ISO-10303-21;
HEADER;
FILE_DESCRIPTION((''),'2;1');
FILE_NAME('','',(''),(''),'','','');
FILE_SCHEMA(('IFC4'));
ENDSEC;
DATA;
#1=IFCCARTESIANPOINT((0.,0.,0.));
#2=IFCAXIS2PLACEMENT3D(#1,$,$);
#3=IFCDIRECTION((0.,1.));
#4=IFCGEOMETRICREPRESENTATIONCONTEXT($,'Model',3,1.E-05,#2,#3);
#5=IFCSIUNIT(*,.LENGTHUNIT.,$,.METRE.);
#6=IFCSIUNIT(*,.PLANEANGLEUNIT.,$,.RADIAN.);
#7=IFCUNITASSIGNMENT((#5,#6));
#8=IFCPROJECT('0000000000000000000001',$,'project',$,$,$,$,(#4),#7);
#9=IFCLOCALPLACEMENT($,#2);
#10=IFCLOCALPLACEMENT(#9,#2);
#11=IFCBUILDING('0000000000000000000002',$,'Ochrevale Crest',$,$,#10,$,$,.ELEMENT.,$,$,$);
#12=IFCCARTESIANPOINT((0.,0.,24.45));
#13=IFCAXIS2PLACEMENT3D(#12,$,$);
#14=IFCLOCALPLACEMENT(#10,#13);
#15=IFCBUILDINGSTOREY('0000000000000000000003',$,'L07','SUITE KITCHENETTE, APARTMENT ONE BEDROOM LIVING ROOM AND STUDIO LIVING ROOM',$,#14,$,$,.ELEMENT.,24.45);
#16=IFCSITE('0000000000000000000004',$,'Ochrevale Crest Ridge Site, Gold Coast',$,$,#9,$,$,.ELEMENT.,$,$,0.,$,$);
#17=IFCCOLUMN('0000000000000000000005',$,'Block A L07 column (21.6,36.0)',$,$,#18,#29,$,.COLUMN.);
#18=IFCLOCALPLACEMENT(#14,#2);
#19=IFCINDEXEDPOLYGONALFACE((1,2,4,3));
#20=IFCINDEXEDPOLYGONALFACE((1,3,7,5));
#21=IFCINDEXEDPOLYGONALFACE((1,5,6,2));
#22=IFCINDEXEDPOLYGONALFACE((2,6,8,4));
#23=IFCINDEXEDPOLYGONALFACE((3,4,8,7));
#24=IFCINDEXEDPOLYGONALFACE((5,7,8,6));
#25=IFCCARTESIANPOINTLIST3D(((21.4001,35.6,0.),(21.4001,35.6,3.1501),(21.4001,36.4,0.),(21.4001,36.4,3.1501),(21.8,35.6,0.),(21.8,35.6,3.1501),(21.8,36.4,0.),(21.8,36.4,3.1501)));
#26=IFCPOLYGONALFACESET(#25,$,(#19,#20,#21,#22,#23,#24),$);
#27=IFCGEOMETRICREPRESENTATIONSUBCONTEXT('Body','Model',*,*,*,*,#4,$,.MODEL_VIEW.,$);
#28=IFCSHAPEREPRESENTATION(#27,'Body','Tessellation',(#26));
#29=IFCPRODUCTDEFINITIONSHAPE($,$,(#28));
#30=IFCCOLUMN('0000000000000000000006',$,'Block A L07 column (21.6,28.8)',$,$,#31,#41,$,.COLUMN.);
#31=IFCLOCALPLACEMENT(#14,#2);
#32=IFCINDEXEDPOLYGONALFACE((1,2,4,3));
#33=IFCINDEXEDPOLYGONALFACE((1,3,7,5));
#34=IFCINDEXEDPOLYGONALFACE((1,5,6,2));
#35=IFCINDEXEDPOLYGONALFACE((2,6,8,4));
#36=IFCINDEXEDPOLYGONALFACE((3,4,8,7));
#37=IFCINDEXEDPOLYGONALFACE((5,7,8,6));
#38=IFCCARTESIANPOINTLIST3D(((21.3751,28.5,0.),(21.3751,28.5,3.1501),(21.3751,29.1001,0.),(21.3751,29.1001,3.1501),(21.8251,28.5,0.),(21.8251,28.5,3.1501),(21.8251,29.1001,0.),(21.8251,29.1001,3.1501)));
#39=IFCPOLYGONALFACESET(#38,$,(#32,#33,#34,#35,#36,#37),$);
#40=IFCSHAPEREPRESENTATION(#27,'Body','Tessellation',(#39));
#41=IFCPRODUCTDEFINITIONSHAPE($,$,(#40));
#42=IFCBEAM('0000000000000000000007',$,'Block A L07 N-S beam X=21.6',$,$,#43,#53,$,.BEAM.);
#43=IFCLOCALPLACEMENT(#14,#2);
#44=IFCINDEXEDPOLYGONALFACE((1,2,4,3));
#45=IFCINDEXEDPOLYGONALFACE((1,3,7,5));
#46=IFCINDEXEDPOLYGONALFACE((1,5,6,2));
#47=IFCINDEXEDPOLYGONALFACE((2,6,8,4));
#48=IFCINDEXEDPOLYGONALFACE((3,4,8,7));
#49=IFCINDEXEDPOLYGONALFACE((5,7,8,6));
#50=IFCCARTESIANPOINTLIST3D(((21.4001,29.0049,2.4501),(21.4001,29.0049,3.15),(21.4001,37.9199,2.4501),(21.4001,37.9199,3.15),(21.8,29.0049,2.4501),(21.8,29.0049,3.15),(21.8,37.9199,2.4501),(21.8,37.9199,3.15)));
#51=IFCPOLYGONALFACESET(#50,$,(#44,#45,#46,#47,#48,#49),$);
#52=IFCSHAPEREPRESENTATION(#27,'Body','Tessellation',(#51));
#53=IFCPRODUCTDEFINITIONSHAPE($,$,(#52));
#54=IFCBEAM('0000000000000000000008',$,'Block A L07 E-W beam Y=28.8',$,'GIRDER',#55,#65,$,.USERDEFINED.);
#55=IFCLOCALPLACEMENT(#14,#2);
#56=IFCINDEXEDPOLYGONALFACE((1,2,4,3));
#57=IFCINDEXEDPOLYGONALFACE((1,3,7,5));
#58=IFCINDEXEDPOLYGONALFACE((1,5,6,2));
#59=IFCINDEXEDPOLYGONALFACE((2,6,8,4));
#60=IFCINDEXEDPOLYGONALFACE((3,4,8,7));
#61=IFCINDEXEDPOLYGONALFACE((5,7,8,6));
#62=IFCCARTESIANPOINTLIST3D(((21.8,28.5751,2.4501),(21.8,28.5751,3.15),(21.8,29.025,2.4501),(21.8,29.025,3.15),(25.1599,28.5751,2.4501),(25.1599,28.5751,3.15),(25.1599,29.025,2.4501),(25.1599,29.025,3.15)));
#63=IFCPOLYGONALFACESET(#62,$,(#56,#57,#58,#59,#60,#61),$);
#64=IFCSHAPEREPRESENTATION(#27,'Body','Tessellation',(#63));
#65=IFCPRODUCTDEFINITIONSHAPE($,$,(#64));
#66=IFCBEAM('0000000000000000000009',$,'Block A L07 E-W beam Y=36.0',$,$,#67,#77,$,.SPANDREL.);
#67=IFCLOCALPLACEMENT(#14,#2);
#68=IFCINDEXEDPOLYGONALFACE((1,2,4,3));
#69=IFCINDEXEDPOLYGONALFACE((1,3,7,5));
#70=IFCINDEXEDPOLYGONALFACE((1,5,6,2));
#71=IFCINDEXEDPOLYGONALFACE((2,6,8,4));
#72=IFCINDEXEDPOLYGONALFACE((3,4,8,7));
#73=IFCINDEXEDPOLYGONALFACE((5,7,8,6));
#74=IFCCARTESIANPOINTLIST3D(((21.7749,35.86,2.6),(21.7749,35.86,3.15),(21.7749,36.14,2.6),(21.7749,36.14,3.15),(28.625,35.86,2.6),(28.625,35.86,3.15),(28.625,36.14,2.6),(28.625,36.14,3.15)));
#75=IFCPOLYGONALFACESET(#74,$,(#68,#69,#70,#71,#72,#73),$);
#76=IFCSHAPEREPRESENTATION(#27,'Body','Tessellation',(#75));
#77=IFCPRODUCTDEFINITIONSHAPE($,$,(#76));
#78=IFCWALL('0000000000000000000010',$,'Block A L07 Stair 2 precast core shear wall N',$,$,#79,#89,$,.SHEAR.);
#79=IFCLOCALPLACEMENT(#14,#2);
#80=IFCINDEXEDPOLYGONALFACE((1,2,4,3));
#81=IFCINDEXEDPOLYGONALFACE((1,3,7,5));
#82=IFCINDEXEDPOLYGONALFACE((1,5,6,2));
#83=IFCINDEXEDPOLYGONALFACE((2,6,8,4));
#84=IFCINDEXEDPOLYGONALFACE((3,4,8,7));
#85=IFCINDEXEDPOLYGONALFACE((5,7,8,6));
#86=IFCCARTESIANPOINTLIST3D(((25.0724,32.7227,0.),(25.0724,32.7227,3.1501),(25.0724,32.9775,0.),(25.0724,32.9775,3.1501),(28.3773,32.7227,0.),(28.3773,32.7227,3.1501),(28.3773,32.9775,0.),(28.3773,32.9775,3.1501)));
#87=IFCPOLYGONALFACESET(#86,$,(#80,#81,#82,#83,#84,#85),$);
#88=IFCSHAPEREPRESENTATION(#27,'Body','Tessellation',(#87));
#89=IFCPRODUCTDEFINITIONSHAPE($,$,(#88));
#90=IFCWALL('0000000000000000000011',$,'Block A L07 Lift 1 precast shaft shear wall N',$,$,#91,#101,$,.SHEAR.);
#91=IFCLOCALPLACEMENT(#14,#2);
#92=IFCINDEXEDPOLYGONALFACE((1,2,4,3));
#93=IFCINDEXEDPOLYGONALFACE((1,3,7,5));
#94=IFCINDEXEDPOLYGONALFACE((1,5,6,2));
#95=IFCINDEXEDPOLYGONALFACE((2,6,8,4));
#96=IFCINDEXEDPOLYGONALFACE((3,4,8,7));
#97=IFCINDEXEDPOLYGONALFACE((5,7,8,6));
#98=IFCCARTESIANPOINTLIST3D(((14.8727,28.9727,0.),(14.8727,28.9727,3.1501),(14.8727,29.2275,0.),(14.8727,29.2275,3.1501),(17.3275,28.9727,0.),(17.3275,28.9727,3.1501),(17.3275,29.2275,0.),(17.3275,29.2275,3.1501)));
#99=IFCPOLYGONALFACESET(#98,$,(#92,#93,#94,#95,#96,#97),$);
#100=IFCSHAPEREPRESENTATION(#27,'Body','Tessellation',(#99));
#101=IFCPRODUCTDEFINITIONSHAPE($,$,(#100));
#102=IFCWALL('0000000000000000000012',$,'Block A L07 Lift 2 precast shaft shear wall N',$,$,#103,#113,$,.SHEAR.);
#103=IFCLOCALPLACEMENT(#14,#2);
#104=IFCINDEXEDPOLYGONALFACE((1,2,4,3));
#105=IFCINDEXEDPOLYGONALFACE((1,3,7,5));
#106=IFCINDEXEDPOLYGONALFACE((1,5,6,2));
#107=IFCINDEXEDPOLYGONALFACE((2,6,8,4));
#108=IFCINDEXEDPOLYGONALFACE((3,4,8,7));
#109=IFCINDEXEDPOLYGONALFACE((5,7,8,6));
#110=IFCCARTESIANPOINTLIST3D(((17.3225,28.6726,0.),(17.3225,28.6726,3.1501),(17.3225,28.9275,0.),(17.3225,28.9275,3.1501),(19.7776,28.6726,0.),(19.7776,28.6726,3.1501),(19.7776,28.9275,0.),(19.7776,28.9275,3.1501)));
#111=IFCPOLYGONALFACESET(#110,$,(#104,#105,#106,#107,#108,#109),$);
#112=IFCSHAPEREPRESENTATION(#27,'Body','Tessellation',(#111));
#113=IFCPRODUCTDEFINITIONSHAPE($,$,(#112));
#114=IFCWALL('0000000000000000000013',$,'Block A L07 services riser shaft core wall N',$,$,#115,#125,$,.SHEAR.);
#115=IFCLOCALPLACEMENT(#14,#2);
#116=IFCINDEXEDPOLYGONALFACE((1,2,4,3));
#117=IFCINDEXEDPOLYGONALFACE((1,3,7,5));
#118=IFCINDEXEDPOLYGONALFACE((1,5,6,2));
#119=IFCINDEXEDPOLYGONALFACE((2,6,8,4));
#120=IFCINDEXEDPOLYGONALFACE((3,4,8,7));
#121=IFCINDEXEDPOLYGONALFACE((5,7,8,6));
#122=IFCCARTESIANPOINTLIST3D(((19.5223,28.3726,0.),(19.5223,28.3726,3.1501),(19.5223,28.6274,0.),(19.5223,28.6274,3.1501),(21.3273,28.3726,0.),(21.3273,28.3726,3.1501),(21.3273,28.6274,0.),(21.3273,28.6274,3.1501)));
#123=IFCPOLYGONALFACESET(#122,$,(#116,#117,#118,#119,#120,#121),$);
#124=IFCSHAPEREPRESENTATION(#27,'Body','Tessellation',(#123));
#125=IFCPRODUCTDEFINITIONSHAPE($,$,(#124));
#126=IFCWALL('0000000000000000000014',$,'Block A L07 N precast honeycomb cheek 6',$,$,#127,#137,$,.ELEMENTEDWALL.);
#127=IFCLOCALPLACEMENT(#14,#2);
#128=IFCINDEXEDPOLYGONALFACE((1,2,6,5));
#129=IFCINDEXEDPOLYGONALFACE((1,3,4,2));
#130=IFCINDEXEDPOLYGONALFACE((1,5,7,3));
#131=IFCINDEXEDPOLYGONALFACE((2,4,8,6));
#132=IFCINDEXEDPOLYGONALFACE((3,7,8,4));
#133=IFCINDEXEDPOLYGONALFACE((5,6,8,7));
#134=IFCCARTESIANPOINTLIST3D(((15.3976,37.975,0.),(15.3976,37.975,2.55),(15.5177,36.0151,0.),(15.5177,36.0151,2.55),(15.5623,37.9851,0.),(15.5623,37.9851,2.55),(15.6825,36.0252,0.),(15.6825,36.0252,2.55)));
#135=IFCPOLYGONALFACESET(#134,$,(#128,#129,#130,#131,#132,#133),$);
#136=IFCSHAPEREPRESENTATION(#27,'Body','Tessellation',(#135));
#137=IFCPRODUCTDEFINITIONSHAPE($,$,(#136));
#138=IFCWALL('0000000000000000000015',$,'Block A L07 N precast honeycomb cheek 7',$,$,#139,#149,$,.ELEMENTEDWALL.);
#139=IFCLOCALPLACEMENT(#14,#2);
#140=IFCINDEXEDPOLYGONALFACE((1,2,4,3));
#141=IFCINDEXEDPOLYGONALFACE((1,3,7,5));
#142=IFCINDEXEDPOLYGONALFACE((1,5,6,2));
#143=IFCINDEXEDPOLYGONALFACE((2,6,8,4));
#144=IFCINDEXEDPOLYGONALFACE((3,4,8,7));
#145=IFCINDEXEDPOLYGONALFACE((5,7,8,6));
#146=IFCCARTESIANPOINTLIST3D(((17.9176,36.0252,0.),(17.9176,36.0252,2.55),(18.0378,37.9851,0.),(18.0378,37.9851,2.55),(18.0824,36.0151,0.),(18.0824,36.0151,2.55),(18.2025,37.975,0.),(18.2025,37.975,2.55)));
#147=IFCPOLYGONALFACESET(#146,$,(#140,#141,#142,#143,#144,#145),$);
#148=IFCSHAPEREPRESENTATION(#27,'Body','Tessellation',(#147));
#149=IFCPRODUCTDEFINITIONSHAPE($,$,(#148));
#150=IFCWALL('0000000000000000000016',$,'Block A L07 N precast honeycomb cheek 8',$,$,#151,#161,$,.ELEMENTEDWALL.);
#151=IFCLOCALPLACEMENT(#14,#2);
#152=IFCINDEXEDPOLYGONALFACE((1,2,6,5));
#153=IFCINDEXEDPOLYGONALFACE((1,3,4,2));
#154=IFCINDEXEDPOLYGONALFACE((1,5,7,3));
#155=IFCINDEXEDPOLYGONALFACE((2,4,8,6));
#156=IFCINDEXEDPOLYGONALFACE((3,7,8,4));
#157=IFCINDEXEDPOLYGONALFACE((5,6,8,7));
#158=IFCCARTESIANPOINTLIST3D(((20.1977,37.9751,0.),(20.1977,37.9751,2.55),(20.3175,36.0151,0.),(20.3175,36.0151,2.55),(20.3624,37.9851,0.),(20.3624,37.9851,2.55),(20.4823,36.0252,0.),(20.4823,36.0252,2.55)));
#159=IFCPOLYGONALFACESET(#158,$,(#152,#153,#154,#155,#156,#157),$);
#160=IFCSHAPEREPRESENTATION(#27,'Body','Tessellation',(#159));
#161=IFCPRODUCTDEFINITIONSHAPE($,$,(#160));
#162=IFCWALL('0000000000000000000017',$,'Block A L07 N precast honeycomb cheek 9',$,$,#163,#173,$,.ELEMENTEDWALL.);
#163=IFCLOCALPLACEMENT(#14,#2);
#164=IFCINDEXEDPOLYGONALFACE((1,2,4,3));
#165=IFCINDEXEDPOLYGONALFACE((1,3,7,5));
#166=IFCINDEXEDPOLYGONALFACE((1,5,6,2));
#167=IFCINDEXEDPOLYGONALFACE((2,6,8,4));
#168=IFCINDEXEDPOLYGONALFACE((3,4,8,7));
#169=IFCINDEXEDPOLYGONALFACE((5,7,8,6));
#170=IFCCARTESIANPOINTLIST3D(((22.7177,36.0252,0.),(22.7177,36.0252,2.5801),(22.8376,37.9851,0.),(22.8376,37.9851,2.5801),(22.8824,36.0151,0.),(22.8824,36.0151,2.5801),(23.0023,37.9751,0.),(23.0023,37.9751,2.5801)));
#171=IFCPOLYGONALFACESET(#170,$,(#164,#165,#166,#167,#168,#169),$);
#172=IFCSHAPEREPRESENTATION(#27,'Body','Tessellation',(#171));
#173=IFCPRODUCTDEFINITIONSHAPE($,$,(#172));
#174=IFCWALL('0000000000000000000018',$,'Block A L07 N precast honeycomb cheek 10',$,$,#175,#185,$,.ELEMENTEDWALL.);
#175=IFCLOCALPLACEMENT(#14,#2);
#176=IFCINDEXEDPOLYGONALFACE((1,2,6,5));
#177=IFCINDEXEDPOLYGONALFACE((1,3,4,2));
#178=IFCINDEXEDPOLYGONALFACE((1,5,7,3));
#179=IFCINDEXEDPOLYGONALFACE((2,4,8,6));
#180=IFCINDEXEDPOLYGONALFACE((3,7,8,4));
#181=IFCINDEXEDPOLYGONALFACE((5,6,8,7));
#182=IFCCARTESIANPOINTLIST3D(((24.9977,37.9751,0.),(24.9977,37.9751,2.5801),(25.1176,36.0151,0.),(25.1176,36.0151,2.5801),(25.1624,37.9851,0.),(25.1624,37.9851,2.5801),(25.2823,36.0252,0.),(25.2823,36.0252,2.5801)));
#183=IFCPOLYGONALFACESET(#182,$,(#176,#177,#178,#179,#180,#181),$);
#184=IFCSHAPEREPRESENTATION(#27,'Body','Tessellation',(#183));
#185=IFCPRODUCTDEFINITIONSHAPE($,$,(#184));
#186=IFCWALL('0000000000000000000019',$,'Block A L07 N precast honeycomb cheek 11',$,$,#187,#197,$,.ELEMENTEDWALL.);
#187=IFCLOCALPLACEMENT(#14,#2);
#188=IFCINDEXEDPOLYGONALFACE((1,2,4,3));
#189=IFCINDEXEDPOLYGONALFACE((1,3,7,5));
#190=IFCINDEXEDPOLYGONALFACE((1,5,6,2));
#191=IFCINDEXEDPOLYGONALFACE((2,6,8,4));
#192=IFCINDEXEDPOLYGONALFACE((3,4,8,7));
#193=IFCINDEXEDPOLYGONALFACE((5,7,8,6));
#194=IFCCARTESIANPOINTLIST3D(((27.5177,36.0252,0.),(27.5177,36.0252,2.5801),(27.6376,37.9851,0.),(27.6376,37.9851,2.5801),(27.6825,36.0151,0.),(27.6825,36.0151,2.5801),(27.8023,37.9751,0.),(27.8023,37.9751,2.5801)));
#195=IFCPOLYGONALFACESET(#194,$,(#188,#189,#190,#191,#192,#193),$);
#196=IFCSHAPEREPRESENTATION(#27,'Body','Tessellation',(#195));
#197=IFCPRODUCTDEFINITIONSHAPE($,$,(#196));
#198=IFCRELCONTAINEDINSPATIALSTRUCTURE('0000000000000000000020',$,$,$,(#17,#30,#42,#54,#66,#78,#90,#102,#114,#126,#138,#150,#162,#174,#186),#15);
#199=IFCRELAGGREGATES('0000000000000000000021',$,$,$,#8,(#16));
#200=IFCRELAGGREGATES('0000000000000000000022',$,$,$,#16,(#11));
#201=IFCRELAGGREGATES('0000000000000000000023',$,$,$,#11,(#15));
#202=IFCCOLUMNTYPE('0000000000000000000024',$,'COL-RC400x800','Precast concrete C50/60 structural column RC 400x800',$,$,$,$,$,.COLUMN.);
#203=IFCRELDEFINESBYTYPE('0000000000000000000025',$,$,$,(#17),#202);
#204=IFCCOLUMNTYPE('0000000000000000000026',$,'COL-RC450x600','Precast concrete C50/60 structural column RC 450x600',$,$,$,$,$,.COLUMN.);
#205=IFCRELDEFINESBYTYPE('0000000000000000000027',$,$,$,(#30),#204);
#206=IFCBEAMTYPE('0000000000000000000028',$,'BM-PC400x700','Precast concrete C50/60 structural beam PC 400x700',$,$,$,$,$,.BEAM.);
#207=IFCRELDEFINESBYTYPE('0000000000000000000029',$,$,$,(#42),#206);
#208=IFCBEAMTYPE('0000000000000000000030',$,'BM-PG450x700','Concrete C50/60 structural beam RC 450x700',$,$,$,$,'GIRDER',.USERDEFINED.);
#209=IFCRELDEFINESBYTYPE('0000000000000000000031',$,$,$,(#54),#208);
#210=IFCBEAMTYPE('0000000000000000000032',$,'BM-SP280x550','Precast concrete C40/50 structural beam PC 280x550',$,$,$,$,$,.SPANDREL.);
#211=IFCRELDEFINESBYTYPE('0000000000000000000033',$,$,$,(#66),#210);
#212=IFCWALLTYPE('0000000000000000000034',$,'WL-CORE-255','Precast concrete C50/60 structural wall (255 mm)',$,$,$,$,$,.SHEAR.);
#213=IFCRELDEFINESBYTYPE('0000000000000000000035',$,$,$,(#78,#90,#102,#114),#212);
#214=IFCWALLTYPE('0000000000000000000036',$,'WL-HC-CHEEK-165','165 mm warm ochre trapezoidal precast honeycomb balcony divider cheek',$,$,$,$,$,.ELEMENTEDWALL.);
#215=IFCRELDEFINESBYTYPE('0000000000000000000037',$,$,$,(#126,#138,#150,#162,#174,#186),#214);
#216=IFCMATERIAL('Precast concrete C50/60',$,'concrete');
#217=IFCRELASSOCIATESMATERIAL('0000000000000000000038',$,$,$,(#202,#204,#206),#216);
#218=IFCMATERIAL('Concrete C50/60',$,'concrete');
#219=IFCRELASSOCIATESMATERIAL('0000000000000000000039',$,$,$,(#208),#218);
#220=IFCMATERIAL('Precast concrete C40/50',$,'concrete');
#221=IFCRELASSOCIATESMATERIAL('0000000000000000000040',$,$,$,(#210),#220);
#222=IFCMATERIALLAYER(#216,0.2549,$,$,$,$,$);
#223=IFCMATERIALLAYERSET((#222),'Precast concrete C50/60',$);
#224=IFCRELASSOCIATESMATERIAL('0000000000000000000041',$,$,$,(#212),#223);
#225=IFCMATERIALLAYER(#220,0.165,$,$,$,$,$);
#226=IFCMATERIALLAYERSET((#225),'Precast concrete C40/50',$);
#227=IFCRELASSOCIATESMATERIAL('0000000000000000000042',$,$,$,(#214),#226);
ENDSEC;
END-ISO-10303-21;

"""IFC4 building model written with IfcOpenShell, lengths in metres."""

from ifc_helpers import new_model, si_unit, direction, frame, frame_2d, origin, origin_2d, place, context, subcontext, project, spatial, rectangle, extrude, material, layer, layer_set, material_profile, profile_set, type_object, element, save


model = new_model("IFC4")

# Units and contexts
model_context = context("Model", 3, precision=1e-05, world=origin(), true_north=direction((0.0, 1.0)))
body_context = subcontext(model_context, "Body", "Model", "MODEL_VIEW")
ifc_project = project(units=[si_unit("LENGTHUNIT", "METRE"), si_unit("PLANEANGLEUNIT", "RADIAN")], contexts=[model_context])

# Site, building, storey
site_placement = place(None, origin())
site = spatial("IfcSite", under=ifc_project, at=site_placement, Name="Ochrevale Crest Ridge Site, Gold Coast", CompositionType="ELEMENT", RefElevation=0.0)
building_placement = place(site_placement, origin())
building = spatial("IfcBuilding", under=site, at=building_placement, Name="Ochrevale Crest", CompositionType="ELEMENT")
storey_placement = place(building_placement, frame((0.0, 0.0, 24.45)))
storey = spatial("IfcBuildingStorey", under=building, at=storey_placement, Name="L07", Description="SUITE KITCHENETTE, APARTMENT ONE BEDROOM LIVING ROOM AND STUDIO LIVING ROOM", CompositionType="ELEMENT", Elevation=24.45)

# Columns
ifc_material_1 = material(Name="Precast concrete C50/60", Category="concrete")
ifc_material_profile_1 = material_profile(ifc_material_1, rectangle(XDim=0.3999, YDim=0.8, at=origin_2d()), Name="RC 400x800")
ifc_profile_set_1 = profile_set([ifc_material_profile_1], Name="Precast concrete C50/60")
column_type_1 = type_object("IfcColumnType", Name="COL-RC400x800", Description="Precast concrete C50/60 structural column RC 400x800", PredefinedType="COLUMN", material=ifc_profile_set_1)
column_1_placement = place(storey_placement, frame((21.6001, 36.0, 0.0), z_axis=(0.0, 0.0, 1.0), x_axis=(1.0, 0.0, 0.0)))
element("IfcColumn", 1, at=column_1_placement, inside=storey, type_object=column_type_1, Name="Block A L07 column (21.6,36.0)", PredefinedType="COLUMN", context=body_context, shape_type="SweptSolid", body=[
    extrude(rectangle(XDim=0.3999, YDim=0.8, at=origin_2d()), origin(), (0.0, 0.0, 1.0), 3.1501),
])
ifc_material_profile_2 = material_profile(ifc_material_1, rectangle(XDim=0.45, YDim=0.6001, at=origin_2d()), Name="RC 450x600")
ifc_profile_set_2 = profile_set([ifc_material_profile_2], Name="Precast concrete C50/60")
column_type_2 = type_object("IfcColumnType", Name="COL-RC450x600", Description="Precast concrete C50/60 structural column RC 450x600", PredefinedType="COLUMN", material=ifc_profile_set_2)
column_2_placement = place(storey_placement, frame((21.6001, 28.8, 0.0), z_axis=(0.0, 0.0, 1.0), x_axis=(1.0, 0.0, 0.0)))
element("IfcColumn", 2, at=column_2_placement, inside=storey, type_object=column_type_2, Name="Block A L07 column (21.6,28.8)", PredefinedType="COLUMN", context=body_context, shape_type="SweptSolid", body=[
    extrude(rectangle(XDim=0.45, YDim=0.6001, at=origin_2d()), origin(), (0.0, 0.0, 1.0), 3.1501),
])

# Beams
ifc_material_profile_3 = material_profile(ifc_material_1, rectangle(XDim=0.3999, YDim=0.7, at=origin_2d()), Name="PC 400x700")
ifc_profile_set_3 = profile_set([ifc_material_profile_3], Name="Precast concrete C50/60")
beam_type_1 = type_object("IfcBeamType", Name="BM-PC400x700", Description="Precast concrete C50/60 structural beam PC 400x700", PredefinedType="BEAM", material=ifc_profile_set_3)
beam_1_placement = place(storey_placement, frame((21.6001, 29.0049, 2.8), z_axis=(0.0, 1.0, 0.0), x_axis=(-1.0, 0.0, 0.0)))
element("IfcBeam", 3, at=beam_1_placement, inside=storey, type_object=beam_type_1, Name="Block A L07 N-S beam X=21.6", PredefinedType="BEAM", context=body_context, shape_type="SweptSolid", body=[
    extrude(rectangle(XDim=0.3999, YDim=0.7, at=origin_2d()), origin(), (0.0, 0.0, 1.0), 8.915),
])
ifc_material_2 = material(Name="Concrete C50/60", Category="concrete")
ifc_material_profile_4 = material_profile(ifc_material_2, rectangle(XDim=0.45, YDim=0.7, at=origin_2d()), Name="RC 450x700")
ifc_profile_set_4 = profile_set([ifc_material_profile_4], Name="Concrete C50/60")
beam_type_2 = type_object("IfcBeamType", Name="BM-PG450x700", Description="Concrete C50/60 structural beam RC 450x700", ElementType="GIRDER", PredefinedType="USERDEFINED", material=ifc_profile_set_4)
beam_2_placement = place(storey_placement, frame((21.8, 28.8, 2.8), z_axis=(1.0, 0.0, 0.0), x_axis=(0.0, 1.0, 0.0)))
element("IfcBeam", 4, at=beam_2_placement, inside=storey, type_object=beam_type_2, Name="Block A L07 E-W beam Y=28.8", ObjectType="GIRDER", PredefinedType="USERDEFINED", context=body_context, shape_type="SweptSolid", body=[
    extrude(rectangle(XDim=0.45, YDim=0.7, at=origin_2d()), origin(), (0.0, 0.0, 1.0), 3.3599),
])
ifc_material_3 = material(Name="Precast concrete C40/50", Category="concrete")
ifc_material_profile_5 = material_profile(ifc_material_3, rectangle(XDim=0.28, YDim=0.55, at=origin_2d()), Name="PC 280x550")
ifc_profile_set_5 = profile_set([ifc_material_profile_5], Name="Precast concrete C40/50")
beam_type_3 = type_object("IfcBeamType", Name="BM-SP280x550", Description="Precast concrete C40/50 structural beam PC 280x550", PredefinedType="SPANDREL", material=ifc_profile_set_5)
beam_3_placement = place(storey_placement, frame((21.7749, 36.0, 2.875), z_axis=(1.0, 0.0, 0.0), x_axis=(0.0, 1.0, 0.0)))
element("IfcBeam", 5, at=beam_3_placement, inside=storey, type_object=beam_type_3, Name="Block A L07 E-W beam Y=36.0", PredefinedType="SPANDREL", context=body_context, shape_type="SweptSolid", body=[
    extrude(rectangle(XDim=0.28, YDim=0.55, at=origin_2d()), origin(), (0.0, 0.0, 1.0), 6.8501),
])

# Walls
ifc_layer_1 = layer(ifc_material_1, 0.2549)
ifc_layer_set_1 = layer_set([ifc_layer_1], Name="Precast concrete C50/60")
wall_type_1 = type_object("IfcWallType", Name="WL-CORE-255", Description="Precast concrete C50/60 structural wall (255 mm)", PredefinedType="SHEAR", material=ifc_layer_set_1)
wall_1_placement = place(storey_placement, frame((25.0725, 32.8501, 0.0), z_axis=(0.0, 0.0, 1.0), x_axis=(1.0, 0.0, 0.0)))
element("IfcWall", 6, at=wall_1_placement, inside=storey, type_object=wall_type_1, Name="Block A L07 Stair 2 precast core shear wall N", PredefinedType="SHEAR", context=body_context, shape_type="SweptSolid", body=[
    extrude(rectangle(XDim=3.3049, YDim=0.2549, at=frame_2d((1.6523, 0.0))), origin(), (0.0, 0.0, 1.0), 3.1501),
])
wall_2_placement = place(storey_placement, frame((14.8726, 29.1001, 0.0), z_axis=(0.0, 0.0, 1.0), x_axis=(1.0, 0.0, 0.0)))
element("IfcWall", 7, at=wall_2_placement, inside=storey, type_object=wall_type_1, Name="Block A L07 Lift 1 precast shaft shear wall N", PredefinedType="SHEAR", context=body_context, shape_type="SweptSolid", body=[
    extrude(rectangle(XDim=2.4548, YDim=0.2549, at=frame_2d((1.2275, 0.0))), origin(), (0.0, 0.0, 1.0), 3.1501),
])
wall_3_placement = place(storey_placement, frame((17.3225, 28.8, 0.0), z_axis=(0.0, 0.0, 1.0), x_axis=(1.0, 0.0, 0.0)))
element("IfcWall", 8, at=wall_3_placement, inside=storey, type_object=wall_type_1, Name="Block A L07 Lift 2 precast shaft shear wall N", PredefinedType="SHEAR", context=body_context, shape_type="SweptSolid", body=[
    extrude(rectangle(XDim=2.4551, YDim=0.2549, at=frame_2d((1.2275, 0.0))), origin(), (0.0, 0.0, 1.0), 3.1501),
])
wall_4_placement = place(storey_placement, frame((19.5225, 28.5, 0.0), z_axis=(0.0, 0.0, 1.0), x_axis=(1.0, 0.0, 0.0)))
element("IfcWall", 9, at=wall_4_placement, inside=storey, type_object=wall_type_1, Name="Block A L07 services riser shaft core wall N", PredefinedType="SHEAR", context=body_context, shape_type="SweptSolid", body=[
    extrude(rectangle(XDim=1.8049, YDim=0.2549, at=frame_2d((0.9023, 0.0))), origin(), (0.0, 0.0, 1.0), 3.1501),
])
ifc_layer_2 = layer(ifc_material_3, 0.165)
ifc_layer_set_2 = layer_set([ifc_layer_2], Name="Precast concrete C40/50")
wall_type_2 = type_object("IfcWallType", Name="WL-HC-CHEEK-165", Description="165 mm warm ochre trapezoidal precast honeycomb balcony divider cheek", PredefinedType="ELEMENTEDWALL", material=ifc_layer_set_2)
for number, where, z_axis, x_axis, name in (
    (10, (15.6001, 36.02, 0.0), (0.0, 0.0, 1.0), (-0.061171, 0.998127, 0.0), "Block A L07 N precast honeycomb cheek 6"),
    (11, (18.0, 36.02, 0.0), (0.0, 0.0, 1.0), (0.061171, 0.998127, 0.0), "Block A L07 N precast honeycomb cheek 7"),
    (12, (20.3999, 36.02, 0.0), (0.0, 0.0, 1.0), (-0.061047, 0.998135, 0.0), "Block A L07 N precast honeycomb cheek 8"),
):
    element("IfcWall", number, at=place(storey_placement, frame(where, z_axis=z_axis, x_axis=x_axis)), inside=storey, type_object=wall_type_2, Name=name, PredefinedType="ELEMENTEDWALL", context=body_context, shape_type="SweptSolid", body=[
        extrude(rectangle(XDim=1.9636, YDim=0.165, at=frame_2d((0.9819, 0.0))), origin(), (0.0, 0.0, 1.0), 2.55),
    ])
for number, where, z_axis, x_axis, name in (
    (13, (22.8, 36.02, 0.0), (0.0, 0.0, 1.0), (0.061047, 0.998135, 0.0), "Block A L07 N precast honeycomb cheek 9"),
    (14, (25.2, 36.02, 0.0), (0.0, 0.0, 1.0), (-0.061047, 0.998135, 0.0), "Block A L07 N precast honeycomb cheek 10"),
    (15, (27.6001, 36.02, 0.0), (0.0, 0.0, 1.0), (0.061047, 0.998135, 0.0), "Block A L07 N precast honeycomb cheek 11"),
):
    element("IfcWall", number, at=place(storey_placement, frame(where, z_axis=z_axis, x_axis=x_axis)), inside=storey, type_object=wall_type_2, Name=name, PredefinedType="ELEMENTEDWALL", context=body_context, shape_type="SweptSolid", body=[
        extrude(rectangle(XDim=1.9636, YDim=0.165, at=frame_2d((0.9819, 0.0))), origin(), (0.0, 0.0, 1.0), 2.5801),
    ])

save(model, "model.ifc")
